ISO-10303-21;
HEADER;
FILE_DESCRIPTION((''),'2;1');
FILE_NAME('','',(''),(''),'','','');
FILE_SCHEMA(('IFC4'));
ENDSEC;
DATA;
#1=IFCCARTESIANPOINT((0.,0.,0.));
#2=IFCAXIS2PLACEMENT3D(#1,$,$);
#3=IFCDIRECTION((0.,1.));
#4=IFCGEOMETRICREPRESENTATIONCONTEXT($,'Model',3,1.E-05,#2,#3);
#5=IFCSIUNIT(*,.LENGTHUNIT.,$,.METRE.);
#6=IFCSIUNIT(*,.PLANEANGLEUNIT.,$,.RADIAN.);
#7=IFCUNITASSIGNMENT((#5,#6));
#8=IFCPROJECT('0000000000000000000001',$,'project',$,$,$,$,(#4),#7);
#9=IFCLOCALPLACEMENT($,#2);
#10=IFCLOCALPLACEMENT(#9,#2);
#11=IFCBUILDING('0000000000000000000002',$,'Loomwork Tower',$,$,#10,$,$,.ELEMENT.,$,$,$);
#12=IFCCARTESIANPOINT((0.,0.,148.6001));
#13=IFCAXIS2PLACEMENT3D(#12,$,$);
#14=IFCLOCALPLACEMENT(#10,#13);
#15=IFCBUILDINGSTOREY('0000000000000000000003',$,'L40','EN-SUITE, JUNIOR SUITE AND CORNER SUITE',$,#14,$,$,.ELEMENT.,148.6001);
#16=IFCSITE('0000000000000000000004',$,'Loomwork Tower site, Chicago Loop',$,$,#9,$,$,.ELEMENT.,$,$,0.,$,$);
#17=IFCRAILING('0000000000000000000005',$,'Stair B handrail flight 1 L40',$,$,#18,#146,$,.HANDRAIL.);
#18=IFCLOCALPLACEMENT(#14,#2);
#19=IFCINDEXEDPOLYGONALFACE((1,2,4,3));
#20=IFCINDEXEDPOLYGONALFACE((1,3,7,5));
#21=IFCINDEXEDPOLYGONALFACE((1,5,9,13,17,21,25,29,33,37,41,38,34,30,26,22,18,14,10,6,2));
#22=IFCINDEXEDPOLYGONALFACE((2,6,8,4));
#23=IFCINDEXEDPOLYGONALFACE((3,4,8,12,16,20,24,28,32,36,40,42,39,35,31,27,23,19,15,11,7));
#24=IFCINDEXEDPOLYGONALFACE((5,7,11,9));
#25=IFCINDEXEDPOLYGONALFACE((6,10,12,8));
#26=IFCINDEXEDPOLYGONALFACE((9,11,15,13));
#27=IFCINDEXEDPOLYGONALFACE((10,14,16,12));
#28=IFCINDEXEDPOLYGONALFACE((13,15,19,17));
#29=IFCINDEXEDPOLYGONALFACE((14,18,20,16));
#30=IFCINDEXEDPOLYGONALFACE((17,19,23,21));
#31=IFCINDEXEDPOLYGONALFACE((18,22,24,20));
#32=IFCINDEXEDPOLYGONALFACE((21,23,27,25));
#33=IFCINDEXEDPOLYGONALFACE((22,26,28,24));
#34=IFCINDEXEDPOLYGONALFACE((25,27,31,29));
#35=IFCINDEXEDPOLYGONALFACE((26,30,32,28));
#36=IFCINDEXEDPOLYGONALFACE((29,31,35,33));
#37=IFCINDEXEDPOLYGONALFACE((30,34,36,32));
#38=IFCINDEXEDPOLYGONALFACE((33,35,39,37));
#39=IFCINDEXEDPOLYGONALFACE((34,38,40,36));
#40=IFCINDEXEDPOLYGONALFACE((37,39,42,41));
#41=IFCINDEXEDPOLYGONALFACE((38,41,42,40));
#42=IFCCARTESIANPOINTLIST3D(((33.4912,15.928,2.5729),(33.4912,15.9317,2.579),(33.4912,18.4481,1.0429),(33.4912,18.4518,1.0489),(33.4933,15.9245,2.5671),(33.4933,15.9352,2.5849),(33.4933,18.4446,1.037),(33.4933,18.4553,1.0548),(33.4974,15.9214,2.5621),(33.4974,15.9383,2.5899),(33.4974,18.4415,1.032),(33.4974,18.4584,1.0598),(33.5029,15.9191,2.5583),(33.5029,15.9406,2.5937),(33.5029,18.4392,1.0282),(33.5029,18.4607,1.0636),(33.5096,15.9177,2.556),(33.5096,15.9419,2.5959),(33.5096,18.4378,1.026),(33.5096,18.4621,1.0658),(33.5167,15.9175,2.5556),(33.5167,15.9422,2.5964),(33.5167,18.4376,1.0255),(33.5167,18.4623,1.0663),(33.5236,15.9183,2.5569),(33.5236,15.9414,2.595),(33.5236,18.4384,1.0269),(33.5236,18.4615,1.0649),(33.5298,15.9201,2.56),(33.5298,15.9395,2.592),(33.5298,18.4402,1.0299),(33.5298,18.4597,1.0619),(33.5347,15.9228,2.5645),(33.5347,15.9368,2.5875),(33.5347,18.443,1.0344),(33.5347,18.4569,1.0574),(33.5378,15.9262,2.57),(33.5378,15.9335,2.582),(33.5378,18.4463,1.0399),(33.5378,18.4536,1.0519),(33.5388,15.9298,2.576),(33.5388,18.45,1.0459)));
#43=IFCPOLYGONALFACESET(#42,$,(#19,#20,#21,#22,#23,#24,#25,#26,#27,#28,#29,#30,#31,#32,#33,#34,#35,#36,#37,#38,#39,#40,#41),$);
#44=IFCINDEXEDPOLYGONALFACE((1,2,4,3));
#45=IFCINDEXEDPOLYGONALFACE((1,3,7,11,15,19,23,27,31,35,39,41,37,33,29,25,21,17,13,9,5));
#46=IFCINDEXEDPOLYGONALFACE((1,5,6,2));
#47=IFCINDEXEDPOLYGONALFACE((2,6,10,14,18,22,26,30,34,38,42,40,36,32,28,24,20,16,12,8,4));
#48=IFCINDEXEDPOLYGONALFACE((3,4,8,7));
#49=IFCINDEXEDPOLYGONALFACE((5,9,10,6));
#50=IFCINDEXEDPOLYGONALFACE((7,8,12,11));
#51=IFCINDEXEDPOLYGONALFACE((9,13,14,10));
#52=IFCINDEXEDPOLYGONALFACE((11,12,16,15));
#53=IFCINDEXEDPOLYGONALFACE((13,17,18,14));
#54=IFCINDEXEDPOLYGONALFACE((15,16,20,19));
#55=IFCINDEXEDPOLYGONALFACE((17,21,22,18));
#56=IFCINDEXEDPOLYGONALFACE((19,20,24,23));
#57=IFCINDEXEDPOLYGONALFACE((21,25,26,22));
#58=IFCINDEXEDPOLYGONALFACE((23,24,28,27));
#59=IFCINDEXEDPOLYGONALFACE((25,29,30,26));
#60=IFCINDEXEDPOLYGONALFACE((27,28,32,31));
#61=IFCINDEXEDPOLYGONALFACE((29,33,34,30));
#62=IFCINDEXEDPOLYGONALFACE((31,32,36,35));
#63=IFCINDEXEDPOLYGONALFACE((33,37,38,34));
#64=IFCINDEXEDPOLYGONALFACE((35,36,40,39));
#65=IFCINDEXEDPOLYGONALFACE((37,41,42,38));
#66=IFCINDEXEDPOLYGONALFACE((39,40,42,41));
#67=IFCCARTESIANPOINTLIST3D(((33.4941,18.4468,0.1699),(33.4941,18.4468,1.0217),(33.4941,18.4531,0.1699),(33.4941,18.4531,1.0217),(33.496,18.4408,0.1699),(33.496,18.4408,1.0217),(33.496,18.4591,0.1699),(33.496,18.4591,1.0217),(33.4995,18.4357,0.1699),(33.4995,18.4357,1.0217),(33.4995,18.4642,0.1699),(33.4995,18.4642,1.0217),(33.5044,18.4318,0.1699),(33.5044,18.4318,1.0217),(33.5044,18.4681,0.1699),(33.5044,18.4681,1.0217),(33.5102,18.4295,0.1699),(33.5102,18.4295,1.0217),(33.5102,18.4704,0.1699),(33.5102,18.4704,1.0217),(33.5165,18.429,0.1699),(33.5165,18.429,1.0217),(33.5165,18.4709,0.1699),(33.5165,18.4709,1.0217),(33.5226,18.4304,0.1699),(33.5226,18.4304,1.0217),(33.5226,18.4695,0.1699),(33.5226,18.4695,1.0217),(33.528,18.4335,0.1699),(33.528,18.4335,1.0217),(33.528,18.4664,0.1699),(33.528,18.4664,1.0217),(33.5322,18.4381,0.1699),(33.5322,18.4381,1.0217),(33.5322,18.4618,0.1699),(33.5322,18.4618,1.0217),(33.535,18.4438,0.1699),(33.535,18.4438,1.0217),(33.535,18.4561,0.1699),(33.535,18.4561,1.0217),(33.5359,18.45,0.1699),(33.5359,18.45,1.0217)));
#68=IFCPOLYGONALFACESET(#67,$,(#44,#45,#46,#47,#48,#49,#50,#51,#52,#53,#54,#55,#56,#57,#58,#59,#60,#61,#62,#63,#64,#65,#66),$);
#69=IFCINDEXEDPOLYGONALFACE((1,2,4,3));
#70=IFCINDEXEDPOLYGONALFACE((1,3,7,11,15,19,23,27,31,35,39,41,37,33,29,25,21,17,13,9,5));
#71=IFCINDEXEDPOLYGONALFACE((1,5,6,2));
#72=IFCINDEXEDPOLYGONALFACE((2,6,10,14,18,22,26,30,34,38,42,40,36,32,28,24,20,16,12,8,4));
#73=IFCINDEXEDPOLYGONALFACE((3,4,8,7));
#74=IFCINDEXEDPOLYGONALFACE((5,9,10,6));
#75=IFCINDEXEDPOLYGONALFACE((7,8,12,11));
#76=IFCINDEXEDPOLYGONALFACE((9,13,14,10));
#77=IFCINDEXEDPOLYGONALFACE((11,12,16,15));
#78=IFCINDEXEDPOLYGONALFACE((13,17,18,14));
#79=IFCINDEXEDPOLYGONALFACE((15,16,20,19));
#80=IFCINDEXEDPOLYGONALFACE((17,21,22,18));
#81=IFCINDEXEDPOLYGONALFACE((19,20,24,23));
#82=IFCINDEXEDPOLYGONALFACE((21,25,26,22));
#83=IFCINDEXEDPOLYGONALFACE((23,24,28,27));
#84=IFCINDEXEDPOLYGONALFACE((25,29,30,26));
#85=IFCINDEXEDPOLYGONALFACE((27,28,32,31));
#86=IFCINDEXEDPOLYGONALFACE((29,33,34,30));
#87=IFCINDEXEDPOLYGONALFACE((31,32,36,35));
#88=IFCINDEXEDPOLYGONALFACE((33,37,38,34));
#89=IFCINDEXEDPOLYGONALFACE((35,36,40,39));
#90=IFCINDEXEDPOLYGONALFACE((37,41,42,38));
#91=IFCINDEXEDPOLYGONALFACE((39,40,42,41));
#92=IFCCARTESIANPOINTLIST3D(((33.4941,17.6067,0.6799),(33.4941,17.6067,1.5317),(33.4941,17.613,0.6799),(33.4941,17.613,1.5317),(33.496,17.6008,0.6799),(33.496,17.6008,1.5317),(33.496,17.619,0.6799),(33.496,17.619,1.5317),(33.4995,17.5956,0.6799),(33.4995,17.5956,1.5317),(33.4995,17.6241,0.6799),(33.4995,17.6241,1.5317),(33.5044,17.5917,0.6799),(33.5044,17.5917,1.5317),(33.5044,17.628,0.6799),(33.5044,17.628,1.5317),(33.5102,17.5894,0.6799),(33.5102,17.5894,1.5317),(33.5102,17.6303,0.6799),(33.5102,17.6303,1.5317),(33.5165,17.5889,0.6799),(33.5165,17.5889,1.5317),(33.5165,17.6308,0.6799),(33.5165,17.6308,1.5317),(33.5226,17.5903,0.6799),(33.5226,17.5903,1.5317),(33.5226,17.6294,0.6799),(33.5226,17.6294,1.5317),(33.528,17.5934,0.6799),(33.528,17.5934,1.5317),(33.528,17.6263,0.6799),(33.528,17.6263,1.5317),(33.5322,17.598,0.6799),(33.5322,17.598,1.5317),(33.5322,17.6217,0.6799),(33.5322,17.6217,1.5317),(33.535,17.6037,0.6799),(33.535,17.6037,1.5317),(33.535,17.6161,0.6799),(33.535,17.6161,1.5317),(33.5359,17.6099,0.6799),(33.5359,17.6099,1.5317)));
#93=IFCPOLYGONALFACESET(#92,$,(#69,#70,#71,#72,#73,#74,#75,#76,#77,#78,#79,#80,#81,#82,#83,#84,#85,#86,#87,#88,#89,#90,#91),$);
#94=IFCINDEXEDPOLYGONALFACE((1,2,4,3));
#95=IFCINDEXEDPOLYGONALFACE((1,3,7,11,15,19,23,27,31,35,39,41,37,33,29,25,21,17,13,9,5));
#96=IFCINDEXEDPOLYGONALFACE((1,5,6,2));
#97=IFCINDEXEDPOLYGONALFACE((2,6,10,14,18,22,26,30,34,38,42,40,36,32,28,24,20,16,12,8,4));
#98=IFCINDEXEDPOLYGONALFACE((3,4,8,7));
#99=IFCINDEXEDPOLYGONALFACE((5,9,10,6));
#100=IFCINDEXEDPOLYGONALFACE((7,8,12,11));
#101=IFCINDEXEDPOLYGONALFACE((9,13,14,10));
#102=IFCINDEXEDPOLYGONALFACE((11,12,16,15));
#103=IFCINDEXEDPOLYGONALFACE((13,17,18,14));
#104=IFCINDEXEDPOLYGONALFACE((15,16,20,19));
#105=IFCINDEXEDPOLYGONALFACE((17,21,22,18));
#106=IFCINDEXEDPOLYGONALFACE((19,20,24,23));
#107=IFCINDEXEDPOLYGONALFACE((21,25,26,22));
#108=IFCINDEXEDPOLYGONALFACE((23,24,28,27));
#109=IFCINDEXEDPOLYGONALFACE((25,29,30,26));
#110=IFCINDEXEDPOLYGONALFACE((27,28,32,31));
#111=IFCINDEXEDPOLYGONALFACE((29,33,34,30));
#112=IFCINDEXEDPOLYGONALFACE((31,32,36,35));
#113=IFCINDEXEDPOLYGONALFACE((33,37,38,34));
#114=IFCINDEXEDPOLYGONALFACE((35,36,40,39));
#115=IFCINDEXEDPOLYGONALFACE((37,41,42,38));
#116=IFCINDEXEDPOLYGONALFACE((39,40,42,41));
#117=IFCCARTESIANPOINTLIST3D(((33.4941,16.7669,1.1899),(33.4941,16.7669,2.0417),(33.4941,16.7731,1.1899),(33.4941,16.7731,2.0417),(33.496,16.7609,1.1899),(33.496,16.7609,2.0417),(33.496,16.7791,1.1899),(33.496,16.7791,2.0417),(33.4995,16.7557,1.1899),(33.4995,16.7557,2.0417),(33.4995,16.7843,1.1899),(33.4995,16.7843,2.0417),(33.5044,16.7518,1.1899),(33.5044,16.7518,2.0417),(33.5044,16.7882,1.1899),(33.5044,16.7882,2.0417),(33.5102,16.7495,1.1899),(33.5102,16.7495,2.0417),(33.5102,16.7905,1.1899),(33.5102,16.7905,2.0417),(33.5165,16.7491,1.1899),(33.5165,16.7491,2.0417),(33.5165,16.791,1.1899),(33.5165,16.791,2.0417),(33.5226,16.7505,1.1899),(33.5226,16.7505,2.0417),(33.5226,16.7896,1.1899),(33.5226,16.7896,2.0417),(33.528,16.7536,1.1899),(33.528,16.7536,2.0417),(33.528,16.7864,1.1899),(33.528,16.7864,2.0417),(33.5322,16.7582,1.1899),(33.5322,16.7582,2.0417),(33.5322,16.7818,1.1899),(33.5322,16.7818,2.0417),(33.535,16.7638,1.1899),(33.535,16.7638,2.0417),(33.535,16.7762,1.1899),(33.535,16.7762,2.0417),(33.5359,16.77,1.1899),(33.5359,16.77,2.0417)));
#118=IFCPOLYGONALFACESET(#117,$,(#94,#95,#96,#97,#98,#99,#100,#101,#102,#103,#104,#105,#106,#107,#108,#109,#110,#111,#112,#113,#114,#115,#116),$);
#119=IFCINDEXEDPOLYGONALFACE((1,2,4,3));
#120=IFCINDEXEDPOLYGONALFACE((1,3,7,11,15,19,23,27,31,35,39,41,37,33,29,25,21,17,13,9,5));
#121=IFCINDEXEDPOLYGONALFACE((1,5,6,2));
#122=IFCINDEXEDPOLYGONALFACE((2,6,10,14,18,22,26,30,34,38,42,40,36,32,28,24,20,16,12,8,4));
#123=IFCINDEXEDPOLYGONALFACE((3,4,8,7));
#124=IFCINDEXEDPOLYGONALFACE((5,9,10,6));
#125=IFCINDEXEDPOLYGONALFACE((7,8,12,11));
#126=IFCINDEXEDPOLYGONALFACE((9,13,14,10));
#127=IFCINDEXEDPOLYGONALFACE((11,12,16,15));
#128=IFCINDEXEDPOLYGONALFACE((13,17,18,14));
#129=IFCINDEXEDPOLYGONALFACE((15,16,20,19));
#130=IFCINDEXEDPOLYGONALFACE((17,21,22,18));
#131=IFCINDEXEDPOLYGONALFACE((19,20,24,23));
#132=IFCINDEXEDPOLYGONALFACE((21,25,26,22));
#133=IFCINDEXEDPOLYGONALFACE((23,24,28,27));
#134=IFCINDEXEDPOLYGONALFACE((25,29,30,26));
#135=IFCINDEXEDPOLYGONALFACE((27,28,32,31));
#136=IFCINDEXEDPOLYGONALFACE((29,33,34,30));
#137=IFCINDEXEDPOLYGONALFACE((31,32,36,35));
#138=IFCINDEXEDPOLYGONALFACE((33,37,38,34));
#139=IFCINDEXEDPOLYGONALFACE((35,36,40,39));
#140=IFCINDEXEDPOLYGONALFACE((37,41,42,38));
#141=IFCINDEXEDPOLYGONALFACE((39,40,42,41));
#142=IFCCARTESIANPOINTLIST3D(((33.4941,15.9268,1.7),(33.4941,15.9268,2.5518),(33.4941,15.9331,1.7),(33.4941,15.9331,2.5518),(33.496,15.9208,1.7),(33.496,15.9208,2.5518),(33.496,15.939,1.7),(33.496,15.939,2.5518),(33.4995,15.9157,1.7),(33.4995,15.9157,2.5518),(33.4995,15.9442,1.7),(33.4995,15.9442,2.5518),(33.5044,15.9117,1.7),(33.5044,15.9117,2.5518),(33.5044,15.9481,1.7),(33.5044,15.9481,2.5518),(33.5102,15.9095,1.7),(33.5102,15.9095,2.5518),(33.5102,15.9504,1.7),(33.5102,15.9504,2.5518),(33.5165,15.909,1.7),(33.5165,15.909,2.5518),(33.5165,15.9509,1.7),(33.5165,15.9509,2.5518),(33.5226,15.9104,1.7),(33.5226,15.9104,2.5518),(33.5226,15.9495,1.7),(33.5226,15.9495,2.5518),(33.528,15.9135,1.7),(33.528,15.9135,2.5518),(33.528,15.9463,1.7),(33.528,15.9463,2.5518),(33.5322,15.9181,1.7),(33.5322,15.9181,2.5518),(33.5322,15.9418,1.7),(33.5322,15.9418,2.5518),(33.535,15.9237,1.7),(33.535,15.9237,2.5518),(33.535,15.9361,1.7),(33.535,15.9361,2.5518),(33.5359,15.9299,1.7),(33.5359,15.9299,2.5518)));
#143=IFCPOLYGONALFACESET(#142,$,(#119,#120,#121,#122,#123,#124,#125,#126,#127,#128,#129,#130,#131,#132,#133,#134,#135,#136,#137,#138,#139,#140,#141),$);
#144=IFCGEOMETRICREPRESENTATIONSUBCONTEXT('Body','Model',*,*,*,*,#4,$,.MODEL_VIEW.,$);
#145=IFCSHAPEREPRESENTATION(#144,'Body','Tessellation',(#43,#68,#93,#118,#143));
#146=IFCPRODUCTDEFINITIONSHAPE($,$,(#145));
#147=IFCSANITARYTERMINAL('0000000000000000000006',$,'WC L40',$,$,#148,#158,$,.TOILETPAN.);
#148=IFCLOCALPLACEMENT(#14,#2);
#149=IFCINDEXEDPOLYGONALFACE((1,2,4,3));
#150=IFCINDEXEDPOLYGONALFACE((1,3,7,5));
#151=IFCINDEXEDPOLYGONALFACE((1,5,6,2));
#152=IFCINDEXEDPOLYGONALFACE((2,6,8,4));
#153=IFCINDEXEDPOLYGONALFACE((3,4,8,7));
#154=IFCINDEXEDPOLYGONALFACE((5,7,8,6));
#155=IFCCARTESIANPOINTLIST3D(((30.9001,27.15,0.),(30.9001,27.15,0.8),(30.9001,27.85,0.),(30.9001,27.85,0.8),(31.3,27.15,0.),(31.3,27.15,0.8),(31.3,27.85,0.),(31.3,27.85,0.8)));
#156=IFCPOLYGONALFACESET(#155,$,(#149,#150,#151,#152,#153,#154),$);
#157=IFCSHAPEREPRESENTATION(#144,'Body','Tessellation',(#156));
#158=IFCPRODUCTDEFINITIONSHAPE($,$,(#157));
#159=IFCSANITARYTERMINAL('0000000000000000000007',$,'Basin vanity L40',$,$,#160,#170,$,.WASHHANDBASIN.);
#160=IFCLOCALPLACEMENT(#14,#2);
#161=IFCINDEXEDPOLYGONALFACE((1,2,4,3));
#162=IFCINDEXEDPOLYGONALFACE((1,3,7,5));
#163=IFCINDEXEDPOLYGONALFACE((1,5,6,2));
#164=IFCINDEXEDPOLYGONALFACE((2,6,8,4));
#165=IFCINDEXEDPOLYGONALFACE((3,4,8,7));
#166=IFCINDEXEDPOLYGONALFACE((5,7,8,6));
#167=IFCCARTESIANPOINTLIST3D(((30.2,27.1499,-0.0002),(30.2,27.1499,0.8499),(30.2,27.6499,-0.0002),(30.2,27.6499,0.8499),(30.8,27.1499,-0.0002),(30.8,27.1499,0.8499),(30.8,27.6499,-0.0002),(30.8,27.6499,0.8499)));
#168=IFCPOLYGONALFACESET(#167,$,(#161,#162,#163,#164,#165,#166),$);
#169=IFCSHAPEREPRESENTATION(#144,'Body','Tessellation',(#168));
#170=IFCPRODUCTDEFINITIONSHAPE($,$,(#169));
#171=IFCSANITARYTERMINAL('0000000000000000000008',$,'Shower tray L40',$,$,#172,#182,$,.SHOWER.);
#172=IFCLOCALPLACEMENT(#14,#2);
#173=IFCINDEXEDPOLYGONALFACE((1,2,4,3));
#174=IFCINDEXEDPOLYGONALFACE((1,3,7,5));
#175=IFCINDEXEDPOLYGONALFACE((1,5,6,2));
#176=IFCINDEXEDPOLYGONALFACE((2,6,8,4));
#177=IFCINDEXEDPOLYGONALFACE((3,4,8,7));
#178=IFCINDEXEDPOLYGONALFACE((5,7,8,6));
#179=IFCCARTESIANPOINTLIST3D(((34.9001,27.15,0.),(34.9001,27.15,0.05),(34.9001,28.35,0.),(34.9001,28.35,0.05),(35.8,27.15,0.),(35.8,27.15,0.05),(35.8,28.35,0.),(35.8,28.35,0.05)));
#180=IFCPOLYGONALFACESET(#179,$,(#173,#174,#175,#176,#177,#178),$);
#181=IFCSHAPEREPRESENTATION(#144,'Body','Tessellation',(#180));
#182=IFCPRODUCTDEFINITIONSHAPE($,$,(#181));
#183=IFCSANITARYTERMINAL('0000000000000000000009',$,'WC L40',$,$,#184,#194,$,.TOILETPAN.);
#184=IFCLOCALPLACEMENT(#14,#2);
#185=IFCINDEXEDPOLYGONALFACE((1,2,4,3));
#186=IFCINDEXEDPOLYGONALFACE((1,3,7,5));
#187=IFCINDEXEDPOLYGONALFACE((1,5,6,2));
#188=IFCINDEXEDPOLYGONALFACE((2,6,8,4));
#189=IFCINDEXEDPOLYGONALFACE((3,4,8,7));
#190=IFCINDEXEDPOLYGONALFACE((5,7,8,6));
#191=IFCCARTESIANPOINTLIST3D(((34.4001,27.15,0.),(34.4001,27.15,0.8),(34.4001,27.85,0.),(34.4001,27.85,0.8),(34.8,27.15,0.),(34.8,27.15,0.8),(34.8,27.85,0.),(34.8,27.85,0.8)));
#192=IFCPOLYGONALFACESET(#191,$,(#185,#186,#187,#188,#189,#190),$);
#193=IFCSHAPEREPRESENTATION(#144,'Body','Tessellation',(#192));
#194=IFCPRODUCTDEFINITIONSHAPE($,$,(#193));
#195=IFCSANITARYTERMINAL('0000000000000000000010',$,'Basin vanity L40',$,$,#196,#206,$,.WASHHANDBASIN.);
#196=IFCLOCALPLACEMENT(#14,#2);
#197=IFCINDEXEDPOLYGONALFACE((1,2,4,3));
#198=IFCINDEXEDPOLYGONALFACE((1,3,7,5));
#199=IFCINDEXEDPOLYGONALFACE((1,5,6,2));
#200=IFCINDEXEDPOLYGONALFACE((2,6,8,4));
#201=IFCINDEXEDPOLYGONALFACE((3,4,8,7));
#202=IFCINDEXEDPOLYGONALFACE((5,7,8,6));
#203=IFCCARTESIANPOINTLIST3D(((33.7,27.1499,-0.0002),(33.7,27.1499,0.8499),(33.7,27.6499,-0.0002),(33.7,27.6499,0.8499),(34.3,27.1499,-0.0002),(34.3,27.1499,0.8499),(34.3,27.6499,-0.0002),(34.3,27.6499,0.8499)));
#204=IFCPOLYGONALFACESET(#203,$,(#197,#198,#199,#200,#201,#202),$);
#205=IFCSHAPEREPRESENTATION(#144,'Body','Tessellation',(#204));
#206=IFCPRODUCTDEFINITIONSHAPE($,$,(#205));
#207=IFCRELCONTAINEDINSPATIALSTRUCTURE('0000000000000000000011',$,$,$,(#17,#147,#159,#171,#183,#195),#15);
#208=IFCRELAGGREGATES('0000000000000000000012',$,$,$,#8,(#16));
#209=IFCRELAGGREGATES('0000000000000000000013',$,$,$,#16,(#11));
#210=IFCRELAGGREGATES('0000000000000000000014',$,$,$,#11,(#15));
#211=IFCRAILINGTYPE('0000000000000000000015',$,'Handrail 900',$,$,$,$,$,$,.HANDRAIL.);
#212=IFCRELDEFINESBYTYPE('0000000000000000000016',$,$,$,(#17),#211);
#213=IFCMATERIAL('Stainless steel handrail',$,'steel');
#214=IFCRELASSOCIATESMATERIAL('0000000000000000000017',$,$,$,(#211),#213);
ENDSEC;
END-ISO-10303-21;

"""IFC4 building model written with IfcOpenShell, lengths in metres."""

from ifc_helpers import new_model, si_unit, direction, frame, origin, origin_2d, place, context, subcontext, project, spatial, rectangle, circle, extrude, material, type_object, element, save


model = new_model("IFC4")

# Units and contexts
model_context = context("Model", 3, precision=1e-05, world=origin(), true_north=direction((0.0, 1.0)))
body_context = subcontext(model_context, "Body", "Model", "MODEL_VIEW")
ifc_project = project(units=[si_unit("LENGTHUNIT", "METRE"), si_unit("PLANEANGLEUNIT", "RADIAN")], contexts=[model_context])

# Site, building, storey
site_placement = place(None, origin())
site = spatial("IfcSite", under=ifc_project, at=site_placement, Name="Loomwork Tower site, Chicago Loop", CompositionType="ELEMENT", RefElevation=0.0)
building_placement = place(site_placement, origin())
building = spatial("IfcBuilding", under=site, at=building_placement, Name="Loomwork Tower", CompositionType="ELEMENT")
storey_placement = place(building_placement, frame((0.0, 0.0, 148.6001)))
storey = spatial("IfcBuildingStorey", under=building, at=storey_placement, Name="L40", Description="EN-SUITE, JUNIOR SUITE AND CORNER SUITE", CompositionType="ELEMENT", Elevation=148.6001)

# Railing
ifc_material_1 = material(Name="Stainless steel handrail", Category="steel")
railing_type = type_object("IfcRailingType", Name="Handrail 900", PredefinedType="HANDRAIL", material=ifc_material_1)
railing_placement = place(storey_placement, frame((33.5149, 18.45, 0.1699)))
element("IfcRailing", 1, at=railing_placement, inside=storey, type_object=railing_type, Name="Stair B handrail flight 1 L40", PredefinedType="HANDRAIL", context=body_context, shape_type="SweptSolid", body=[
    extrude(circle(Radius=0.0239, at=origin_2d()), frame((0.0, 0.0, 0.876), z_axis=(0.0, -0.854785, 0.518982), x_axis=(1.0, 0.0, 0.0)), (0.0, 0.0, 1.0), 2.9482),
    extrude(circle(Radius=0.021, at=origin_2d()), origin(), (0.0, 0.0, 1.0), 0.8518),
    extrude(circle(Radius=0.021, at=origin_2d()), frame((0.0, -0.8401, 0.51)), (0.0, 0.0, 1.0), 0.8518),
    extrude(circle(Radius=0.021, at=origin_2d()), frame((0.0, -1.6799, 1.02)), (0.0, 0.0, 1.0), 0.8518),
    extrude(circle(Radius=0.021, at=origin_2d()), frame((0.0, -2.52, 1.53)), (0.0, 0.0, 1.0), 0.8518),
])

# Sanitary terminals
sanitary_terminal_1_placement = place(storey_placement, frame((31.1001, 27.5, 0.0), z_axis=(0.0, 0.0, 1.0), x_axis=(1.0, 0.0, 0.0)))
element("IfcSanitaryTerminal", 2, at=sanitary_terminal_1_placement, inside=storey, Name="WC L40", PredefinedType="TOILETPAN", context=body_context, shape_type="SweptSolid", body=[
    extrude(rectangle(XDim=0.3999, YDim=0.7, at=origin_2d()), origin(), (0.0, 0.0, 1.0), 0.8),
])
sanitary_terminal_2_placement = place(storey_placement, frame((30.5, 27.3999, -0.0002), z_axis=(0.0, 0.0, 1.0), x_axis=(1.0, 0.0, 0.0)))
element("IfcSanitaryTerminal", 3, at=sanitary_terminal_2_placement, inside=storey, Name="Basin vanity L40", PredefinedType="WASHHANDBASIN", context=body_context, shape_type="SweptSolid", body=[
    extrude(rectangle(XDim=0.6001, YDim=0.5, at=origin_2d()), origin(), (0.0, 0.0, 1.0), 0.8501),
])
sanitary_terminal_3_placement = place(storey_placement, frame((35.3501, 27.75, 0.0), z_axis=(0.0, 0.0, 1.0), x_axis=(1.0, 0.0, 0.0)))
element("IfcSanitaryTerminal", 4, at=sanitary_terminal_3_placement, inside=storey, Name="Shower tray L40", PredefinedType="SHOWER", context=body_context, shape_type="SweptSolid", body=[
    extrude(rectangle(XDim=0.8999, YDim=1.2, at=origin_2d()), origin(), (0.0, 0.0, 1.0), 0.05),
])
sanitary_terminal_4_placement = place(storey_placement, frame((34.6001, 27.5, 0.0), z_axis=(0.0, 0.0, 1.0), x_axis=(1.0, 0.0, 0.0)))
element("IfcSanitaryTerminal", 5, at=sanitary_terminal_4_placement, inside=storey, Name="WC L40", PredefinedType="TOILETPAN", context=body_context, shape_type="SweptSolid", body=[
    extrude(rectangle(XDim=0.3999, YDim=0.7, at=origin_2d()), origin(), (0.0, 0.0, 1.0), 0.8),
])
sanitary_terminal_5_placement = place(storey_placement, frame((34.0, 27.3999, -0.0002), z_axis=(0.0, 0.0, 1.0), x_axis=(1.0, 0.0, 0.0)))
element("IfcSanitaryTerminal", 6, at=sanitary_terminal_5_placement, inside=storey, Name="Basin vanity L40", PredefinedType="WASHHANDBASIN", context=body_context, shape_type="SweptSolid", body=[
    extrude(rectangle(XDim=0.6001, YDim=0.5, at=origin_2d()), origin(), (0.0, 0.0, 1.0), 0.8501),
])

save(model, "model.ifc")
